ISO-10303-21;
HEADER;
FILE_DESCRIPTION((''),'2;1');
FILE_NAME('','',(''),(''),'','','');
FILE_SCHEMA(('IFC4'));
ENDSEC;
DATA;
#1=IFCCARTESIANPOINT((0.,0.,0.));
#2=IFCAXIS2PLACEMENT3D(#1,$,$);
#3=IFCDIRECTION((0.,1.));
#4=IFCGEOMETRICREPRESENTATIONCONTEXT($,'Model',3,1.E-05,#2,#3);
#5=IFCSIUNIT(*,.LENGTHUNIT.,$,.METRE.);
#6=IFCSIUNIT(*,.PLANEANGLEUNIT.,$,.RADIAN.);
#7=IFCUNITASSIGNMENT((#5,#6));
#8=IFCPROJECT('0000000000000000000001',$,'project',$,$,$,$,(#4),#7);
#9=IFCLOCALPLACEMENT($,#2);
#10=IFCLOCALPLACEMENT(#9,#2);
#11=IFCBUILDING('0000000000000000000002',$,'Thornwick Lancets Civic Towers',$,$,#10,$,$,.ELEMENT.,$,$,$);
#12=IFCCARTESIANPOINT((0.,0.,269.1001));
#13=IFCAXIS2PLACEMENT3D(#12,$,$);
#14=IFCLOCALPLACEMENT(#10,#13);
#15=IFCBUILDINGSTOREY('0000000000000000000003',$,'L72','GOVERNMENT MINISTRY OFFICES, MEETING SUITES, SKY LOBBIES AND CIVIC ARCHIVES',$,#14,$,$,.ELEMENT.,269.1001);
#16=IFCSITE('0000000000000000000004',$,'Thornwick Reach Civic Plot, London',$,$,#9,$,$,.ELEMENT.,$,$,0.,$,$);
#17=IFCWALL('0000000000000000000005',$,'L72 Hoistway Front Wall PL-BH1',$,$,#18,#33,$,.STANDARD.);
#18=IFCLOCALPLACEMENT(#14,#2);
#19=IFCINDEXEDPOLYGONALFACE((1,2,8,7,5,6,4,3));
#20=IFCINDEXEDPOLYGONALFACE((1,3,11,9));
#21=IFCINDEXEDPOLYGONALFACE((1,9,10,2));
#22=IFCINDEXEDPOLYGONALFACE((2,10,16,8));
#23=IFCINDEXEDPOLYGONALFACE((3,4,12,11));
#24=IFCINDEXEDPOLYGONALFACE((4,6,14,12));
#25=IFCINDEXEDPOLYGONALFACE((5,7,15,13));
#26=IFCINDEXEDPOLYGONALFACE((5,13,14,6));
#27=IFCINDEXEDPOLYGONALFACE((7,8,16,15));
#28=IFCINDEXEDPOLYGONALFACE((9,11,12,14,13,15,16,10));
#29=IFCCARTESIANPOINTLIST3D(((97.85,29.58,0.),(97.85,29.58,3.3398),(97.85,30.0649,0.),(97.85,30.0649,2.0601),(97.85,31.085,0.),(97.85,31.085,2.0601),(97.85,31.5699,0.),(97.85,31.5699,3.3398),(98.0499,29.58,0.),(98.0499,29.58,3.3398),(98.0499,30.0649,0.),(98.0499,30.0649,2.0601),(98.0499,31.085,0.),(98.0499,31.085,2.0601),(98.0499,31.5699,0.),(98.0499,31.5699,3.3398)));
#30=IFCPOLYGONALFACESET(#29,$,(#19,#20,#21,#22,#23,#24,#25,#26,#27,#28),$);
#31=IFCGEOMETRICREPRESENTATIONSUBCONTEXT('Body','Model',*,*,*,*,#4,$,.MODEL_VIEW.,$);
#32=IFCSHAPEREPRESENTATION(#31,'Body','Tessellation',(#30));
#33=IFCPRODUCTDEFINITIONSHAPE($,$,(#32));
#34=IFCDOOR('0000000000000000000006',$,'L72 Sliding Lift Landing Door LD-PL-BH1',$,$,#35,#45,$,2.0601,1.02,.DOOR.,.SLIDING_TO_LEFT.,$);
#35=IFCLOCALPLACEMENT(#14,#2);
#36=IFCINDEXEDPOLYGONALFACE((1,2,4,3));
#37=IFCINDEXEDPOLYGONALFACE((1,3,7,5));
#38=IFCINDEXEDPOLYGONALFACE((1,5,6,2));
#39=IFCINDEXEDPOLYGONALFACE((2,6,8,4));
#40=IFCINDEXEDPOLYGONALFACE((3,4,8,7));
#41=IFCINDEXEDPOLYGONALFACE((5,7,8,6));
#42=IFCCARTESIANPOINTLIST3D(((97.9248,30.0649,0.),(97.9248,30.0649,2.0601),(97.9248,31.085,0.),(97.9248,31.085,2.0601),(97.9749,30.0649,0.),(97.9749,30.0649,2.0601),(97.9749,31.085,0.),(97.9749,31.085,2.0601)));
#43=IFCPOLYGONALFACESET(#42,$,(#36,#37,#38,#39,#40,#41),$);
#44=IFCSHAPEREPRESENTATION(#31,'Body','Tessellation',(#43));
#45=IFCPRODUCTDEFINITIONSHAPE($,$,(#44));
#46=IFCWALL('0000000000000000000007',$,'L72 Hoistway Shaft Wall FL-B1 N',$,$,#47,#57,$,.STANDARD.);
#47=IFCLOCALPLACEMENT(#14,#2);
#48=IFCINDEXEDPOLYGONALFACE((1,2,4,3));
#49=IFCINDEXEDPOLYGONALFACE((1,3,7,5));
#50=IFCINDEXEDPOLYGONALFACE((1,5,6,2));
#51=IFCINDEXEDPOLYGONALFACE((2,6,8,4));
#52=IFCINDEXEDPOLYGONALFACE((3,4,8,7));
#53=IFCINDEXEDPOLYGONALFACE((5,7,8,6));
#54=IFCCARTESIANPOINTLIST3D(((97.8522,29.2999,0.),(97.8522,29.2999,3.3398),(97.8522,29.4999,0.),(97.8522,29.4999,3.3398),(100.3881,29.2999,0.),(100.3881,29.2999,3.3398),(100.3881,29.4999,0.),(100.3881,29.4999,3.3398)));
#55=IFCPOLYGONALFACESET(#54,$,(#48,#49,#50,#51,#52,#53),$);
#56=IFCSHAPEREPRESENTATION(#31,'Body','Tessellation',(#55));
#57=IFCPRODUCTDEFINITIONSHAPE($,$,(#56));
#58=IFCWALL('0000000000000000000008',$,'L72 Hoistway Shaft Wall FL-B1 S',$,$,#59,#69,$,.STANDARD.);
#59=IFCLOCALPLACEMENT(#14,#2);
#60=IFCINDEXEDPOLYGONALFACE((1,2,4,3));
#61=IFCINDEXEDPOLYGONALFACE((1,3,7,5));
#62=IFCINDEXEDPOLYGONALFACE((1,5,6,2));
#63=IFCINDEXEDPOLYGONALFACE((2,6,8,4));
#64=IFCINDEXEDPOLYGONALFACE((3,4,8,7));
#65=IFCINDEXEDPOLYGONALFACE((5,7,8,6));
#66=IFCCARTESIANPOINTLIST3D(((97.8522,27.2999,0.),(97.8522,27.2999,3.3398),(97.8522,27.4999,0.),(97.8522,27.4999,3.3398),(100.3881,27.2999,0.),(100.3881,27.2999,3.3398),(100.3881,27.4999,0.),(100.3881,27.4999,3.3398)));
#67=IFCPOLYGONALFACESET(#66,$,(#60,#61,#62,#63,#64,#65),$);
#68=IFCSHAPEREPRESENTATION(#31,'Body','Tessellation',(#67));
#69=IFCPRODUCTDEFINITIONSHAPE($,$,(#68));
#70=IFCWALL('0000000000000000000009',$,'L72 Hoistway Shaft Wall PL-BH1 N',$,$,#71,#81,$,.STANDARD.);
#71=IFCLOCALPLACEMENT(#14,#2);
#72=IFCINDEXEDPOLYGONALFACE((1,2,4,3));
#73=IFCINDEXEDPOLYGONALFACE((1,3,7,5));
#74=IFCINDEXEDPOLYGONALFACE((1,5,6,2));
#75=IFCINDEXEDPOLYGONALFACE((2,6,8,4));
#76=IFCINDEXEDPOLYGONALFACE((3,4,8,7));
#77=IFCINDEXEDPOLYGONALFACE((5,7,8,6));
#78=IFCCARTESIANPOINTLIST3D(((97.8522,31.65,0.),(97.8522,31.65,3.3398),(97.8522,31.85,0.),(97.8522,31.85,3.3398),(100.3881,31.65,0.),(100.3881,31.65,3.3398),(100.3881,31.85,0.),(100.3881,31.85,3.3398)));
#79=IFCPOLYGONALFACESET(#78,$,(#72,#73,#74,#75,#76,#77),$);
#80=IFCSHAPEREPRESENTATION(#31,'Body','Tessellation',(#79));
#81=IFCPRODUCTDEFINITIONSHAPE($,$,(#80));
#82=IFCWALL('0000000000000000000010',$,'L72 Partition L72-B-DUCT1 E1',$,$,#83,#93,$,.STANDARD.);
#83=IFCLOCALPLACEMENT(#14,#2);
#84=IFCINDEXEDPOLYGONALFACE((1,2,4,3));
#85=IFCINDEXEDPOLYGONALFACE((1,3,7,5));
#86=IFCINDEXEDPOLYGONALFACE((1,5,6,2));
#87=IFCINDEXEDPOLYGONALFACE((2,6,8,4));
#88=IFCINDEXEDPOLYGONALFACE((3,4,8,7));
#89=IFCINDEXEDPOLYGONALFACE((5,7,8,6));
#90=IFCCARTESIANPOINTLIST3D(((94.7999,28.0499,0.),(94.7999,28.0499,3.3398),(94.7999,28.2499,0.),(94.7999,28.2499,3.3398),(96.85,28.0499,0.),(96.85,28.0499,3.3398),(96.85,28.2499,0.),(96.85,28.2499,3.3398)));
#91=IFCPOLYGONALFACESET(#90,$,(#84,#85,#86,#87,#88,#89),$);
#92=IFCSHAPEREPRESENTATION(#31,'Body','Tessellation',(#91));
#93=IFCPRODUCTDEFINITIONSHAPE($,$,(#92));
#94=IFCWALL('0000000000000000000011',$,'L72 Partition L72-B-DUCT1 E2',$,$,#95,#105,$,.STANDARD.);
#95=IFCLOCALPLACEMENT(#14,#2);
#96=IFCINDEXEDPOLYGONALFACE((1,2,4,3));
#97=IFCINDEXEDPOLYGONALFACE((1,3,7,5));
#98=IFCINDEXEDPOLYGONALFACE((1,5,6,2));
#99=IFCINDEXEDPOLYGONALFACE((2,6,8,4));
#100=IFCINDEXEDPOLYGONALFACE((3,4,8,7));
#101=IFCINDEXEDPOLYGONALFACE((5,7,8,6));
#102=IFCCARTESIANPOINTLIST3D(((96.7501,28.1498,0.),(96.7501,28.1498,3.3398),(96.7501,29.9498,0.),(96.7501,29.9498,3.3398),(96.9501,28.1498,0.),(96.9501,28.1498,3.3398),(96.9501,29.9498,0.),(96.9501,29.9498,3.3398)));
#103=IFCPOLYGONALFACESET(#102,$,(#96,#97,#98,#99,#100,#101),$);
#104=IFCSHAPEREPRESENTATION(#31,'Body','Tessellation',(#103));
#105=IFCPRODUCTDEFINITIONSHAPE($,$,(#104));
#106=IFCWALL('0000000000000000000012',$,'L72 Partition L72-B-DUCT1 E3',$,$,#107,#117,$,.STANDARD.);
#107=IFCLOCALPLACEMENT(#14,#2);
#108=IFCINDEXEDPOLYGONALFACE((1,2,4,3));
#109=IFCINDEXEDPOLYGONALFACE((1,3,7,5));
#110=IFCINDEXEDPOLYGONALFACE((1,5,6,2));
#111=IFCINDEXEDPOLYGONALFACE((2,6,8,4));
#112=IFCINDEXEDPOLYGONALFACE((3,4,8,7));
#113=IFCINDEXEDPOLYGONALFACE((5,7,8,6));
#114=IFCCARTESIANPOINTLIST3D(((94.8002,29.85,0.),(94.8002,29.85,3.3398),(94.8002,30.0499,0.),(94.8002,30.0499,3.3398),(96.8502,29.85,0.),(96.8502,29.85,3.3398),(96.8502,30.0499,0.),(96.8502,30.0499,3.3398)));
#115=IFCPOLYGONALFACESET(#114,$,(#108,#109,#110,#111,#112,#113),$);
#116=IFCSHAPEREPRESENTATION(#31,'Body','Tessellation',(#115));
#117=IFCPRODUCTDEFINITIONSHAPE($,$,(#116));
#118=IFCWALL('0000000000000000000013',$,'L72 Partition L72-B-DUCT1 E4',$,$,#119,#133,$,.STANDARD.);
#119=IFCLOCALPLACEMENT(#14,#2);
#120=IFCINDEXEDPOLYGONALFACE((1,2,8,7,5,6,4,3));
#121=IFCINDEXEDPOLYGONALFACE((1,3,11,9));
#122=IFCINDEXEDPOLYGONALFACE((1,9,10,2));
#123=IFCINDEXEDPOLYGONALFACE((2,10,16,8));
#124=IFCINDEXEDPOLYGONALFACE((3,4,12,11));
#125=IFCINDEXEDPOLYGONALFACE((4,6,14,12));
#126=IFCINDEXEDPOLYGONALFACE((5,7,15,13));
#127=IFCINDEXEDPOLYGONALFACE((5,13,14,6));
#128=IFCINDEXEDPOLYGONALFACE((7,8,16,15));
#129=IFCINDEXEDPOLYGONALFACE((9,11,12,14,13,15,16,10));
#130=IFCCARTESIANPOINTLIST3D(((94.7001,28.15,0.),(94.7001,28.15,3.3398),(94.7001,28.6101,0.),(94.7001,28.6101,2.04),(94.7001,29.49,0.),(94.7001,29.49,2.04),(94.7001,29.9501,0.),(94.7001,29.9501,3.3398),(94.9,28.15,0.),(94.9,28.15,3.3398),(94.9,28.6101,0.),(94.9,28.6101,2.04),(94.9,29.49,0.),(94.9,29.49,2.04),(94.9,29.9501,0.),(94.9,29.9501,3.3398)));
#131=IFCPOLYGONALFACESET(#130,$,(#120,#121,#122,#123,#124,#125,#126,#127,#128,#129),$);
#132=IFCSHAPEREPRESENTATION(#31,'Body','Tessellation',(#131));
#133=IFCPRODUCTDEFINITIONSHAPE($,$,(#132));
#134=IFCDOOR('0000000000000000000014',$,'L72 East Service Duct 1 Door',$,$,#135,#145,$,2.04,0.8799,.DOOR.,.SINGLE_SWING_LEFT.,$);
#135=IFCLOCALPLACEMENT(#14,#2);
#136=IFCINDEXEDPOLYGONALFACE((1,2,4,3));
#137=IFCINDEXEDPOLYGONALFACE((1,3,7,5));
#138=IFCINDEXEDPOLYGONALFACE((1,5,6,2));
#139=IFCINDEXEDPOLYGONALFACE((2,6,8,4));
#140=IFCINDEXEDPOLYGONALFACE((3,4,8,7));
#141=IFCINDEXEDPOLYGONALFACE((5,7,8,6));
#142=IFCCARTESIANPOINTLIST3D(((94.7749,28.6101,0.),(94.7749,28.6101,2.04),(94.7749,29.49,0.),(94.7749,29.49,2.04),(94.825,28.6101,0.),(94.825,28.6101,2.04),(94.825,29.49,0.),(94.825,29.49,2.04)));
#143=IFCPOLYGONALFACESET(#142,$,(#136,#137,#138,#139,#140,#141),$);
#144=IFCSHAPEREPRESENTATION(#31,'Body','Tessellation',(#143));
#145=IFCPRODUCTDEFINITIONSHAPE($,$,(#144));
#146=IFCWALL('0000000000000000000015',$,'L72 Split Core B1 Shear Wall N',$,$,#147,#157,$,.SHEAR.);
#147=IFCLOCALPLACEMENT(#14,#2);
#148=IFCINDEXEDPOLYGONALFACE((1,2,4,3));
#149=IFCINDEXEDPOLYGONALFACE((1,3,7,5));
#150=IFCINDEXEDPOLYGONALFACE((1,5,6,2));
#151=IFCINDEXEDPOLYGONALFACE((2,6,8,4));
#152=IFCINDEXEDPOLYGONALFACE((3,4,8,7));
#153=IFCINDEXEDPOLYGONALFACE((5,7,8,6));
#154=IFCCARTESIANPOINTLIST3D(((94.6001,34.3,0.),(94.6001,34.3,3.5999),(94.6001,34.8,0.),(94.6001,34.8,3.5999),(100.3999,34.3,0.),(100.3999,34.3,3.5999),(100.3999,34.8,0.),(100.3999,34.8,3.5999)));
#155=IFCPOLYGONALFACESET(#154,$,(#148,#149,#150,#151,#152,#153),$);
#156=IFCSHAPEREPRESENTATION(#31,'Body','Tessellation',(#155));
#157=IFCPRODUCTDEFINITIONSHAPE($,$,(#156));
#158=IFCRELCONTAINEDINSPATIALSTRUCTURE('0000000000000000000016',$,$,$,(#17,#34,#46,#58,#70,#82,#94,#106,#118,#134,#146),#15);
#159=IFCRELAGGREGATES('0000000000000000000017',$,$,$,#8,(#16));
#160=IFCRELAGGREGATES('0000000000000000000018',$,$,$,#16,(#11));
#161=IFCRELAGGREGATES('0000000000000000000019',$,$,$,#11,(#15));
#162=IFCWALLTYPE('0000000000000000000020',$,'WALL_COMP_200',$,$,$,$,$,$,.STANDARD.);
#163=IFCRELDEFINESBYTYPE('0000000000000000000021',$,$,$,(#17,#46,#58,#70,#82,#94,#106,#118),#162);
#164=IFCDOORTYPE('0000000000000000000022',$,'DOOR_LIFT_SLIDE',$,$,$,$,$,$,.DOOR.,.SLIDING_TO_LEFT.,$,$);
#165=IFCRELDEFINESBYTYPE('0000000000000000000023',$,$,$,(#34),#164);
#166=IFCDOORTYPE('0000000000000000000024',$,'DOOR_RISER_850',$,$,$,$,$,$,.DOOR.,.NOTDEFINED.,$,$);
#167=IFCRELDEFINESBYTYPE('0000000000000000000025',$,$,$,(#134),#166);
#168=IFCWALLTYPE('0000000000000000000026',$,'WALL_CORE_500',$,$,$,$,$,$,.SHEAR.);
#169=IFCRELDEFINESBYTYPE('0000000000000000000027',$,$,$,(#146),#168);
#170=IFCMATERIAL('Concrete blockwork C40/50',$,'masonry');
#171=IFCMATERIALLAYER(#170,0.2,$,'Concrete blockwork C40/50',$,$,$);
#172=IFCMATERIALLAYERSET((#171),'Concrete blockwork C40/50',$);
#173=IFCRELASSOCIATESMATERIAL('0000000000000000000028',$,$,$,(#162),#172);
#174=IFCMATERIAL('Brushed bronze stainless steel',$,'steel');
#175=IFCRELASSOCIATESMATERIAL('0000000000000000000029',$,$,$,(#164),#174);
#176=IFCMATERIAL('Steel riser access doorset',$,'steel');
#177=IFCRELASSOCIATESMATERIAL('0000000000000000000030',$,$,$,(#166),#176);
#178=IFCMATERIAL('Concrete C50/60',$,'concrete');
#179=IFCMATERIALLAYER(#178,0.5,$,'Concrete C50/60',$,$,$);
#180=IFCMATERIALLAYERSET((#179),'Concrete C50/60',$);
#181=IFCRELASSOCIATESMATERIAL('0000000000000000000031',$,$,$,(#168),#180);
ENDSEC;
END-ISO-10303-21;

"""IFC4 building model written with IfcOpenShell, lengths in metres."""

from ifc_helpers import new_model, si_unit, direction, frame, frame_2d, origin, place, context, subcontext, project, spatial, rectangle, extrude, material, layer, layer_set, type_object, element, fill, save


model = new_model("IFC4")

# Units and contexts
model_context = context("Model", 3, precision=1e-05, world=origin(), true_north=direction((0.0, 1.0)))
body_context = subcontext(model_context, "Body", "Model", "MODEL_VIEW")
ifc_project = project(units=[si_unit("LENGTHUNIT", "METRE"), si_unit("PLANEANGLEUNIT", "RADIAN")], contexts=[model_context])

# Site, building, storey
site_placement = place(None, origin())
site = spatial("IfcSite", under=ifc_project, at=site_placement, Name="Thornwick Reach Civic Plot, London", CompositionType="ELEMENT", RefElevation=0.0)
building_placement = place(site_placement, origin())
building = spatial("IfcBuilding", under=site, at=building_placement, Name="Thornwick Lancets Civic Towers", CompositionType="ELEMENT")
storey_placement = place(building_placement, frame((0.0, 0.0, 269.1001)))
storey = spatial("IfcBuildingStorey", under=building, at=storey_placement, Name="L72", Description="GOVERNMENT MINISTRY OFFICES, MEETING SUITES, SKY LOBBIES AND CIVIC ARCHIVES", CompositionType="ELEMENT", Elevation=269.1001)

# Shared definitions
ifc_material_1 = material(Name="Concrete C50/60", Category="concrete")

# Wall, opening, door
ifc_material_2 = material(Name="Concrete blockwork C40/50", Category="masonry")
ifc_layer_1 = layer(ifc_material_2, 0.2, Name="Concrete blockwork C40/50")
ifc_layer_set_1 = layer_set([ifc_layer_1], Name="Concrete blockwork C40/50")
wall_type_1 = type_object("IfcWallType", Name="WALL_COMP_200", PredefinedType="STANDARD", material=ifc_layer_set_1)
ifc_material_3 = material(Name="Brushed bronze stainless steel", Category="steel")
door_type_1 = type_object("IfcDoorType", Name="DOOR_LIFT_SLIDE", OperationType="SLIDING_TO_LEFT", PredefinedType="DOOR", material=ifc_material_3)
wall_1_placement = place(storey_placement, frame((97.95, 31.5701, 0.0), z_axis=(0.0, 0.0, 1.0), x_axis=(0.0, -1.0, 0.0)))
wall_1 = element("IfcWall", 1, at=wall_1_placement, inside=storey, type_object=wall_type_1, Name="L72 Hoistway Front Wall PL-BH1", PredefinedType="STANDARD", context=body_context, shape_type="SweptSolid", body=[
    extrude(rectangle(XDim=1.99, YDim=0.2, at=frame_2d((0.9951, 0.0))), origin(), (0.0, 0.0, 1.0), 3.3398),
])
opening_1_placement = place(wall_1_placement, frame((0.4851, 0.0, 0.0)))
opening_1 = element("IfcOpeningElement", 2, at=opening_1_placement, cuts=wall_1, PredefinedType="OPENING", context=body_context, shape_type="SweptSolid", body=[
    extrude(rectangle(XDim=1.02, YDim=2.0601, at=frame_2d((0.51, 1.03))), frame((0.0, 0.1099, 0.0), z_axis=(0.0, -1.0, 0.0), x_axis=(1.0, 0.0, 0.0)), (0.0, 0.0, 1.0), 0.22),
])
door_1_placement = place(opening_1_placement, origin())
door_1 = element("IfcDoor", 3, at=door_1_placement, inside=storey, type_object=door_type_1, Name="L72 Sliding Lift Landing Door LD-PL-BH1", OperationType="SLIDING_TO_LEFT", OverallHeight=2.0601, OverallWidth=1.02, PredefinedType="DOOR", context=body_context, shape_type="SweptSolid", body=[
    extrude(rectangle(XDim=1.02, YDim=2.0601, at=frame_2d((0.51, 1.03))), frame((0.0, 0.0249, 0.0), z_axis=(0.0, -1.0, 0.0), x_axis=(1.0, 0.0, 0.0)), (0.0, 0.0, 1.0), 0.05),
])
fill(opening_1, door_1)

# Walls
for number, where, z_axis, x_axis, name in (
    (4, (97.8521, 29.3999, 0.0), (0.0, 0.0, 1.0), (1.0, 0.0, 0.0), "L72 Hoistway Shaft Wall FL-B1 N"),
    (5, (97.8521, 27.3999, 0.0), (0.0, 0.0, 1.0), (1.0, 0.0, 0.0), "L72 Hoistway Shaft Wall FL-B1 S"),
    (6, (97.8521, 31.75, 0.0), (0.0, 0.0, 1.0), (1.0, 0.0, 0.0), "L72 Hoistway Shaft Wall PL-BH1 N"),
):
    element("IfcWall", number, at=place(storey_placement, frame(where, z_axis=z_axis, x_axis=x_axis)), inside=storey, type_object=wall_type_1, Name=name, PredefinedType="STANDARD", context=body_context, shape_type="SweptSolid", body=[
        extrude(rectangle(XDim=2.5359, YDim=0.2, at=frame_2d((1.2681, 0.0))), origin(), (0.0, 0.0, 1.0), 3.3398),
    ])
wall_2_placement = place(storey_placement, frame((94.8, 28.1499, 0.0), z_axis=(0.0, 0.0, 1.0), x_axis=(1.0, 0.0, 0.0)))
element("IfcWall", 7, at=wall_2_placement, inside=storey, type_object=wall_type_1, Name="L72 Partition L72-B-DUCT1 E1", PredefinedType="STANDARD", context=body_context, shape_type="SweptSolid", body=[
    extrude(rectangle(XDim=2.05, YDim=0.2, at=frame_2d((1.0249, 0.0))), origin(), (0.0, 0.0, 1.0), 3.3398),
])
wall_3_placement = place(storey_placement, frame((96.8501, 28.1499, 0.0), z_axis=(0.0, 0.0, 1.0), x_axis=(0.0, 1.0, 0.0)))
element("IfcWall", 8, at=wall_3_placement, inside=storey, type_object=wall_type_1, Name="L72 Partition L72-B-DUCT1 E2", PredefinedType="STANDARD", context=body_context, shape_type="SweptSolid", body=[
    extrude(rectangle(XDim=1.8, YDim=0.2, at=frame_2d((0.8999, 0.0))), origin(), (0.0, 0.0, 1.0), 3.3398),
])
wall_4_placement = place(storey_placement, frame((96.8501, 29.95, 0.0), z_axis=(0.0, 0.0, 1.0), x_axis=(-1.0, 0.0, 0.0)))
element("IfcWall", 9, at=wall_4_placement, inside=storey, type_object=wall_type_1, Name="L72 Partition L72-B-DUCT1 E3", PredefinedType="STANDARD", context=body_context, shape_type="SweptSolid", body=[
    extrude(rectangle(XDim=2.05, YDim=0.2, at=frame_2d((1.0249, 0.0))), origin(), (0.0, 0.0, 1.0), 3.3398),
])

# Wall, opening, door
wall_5_placement = place(storey_placement, frame((94.8, 29.95, 0.0), z_axis=(0.0, 0.0, 1.0), x_axis=(0.0, -1.0, 0.0)))
wall_5 = element("IfcWall", 10, at=wall_5_placement, inside=storey, type_object=wall_type_1, Name="L72 Partition L72-B-DUCT1 E4", PredefinedType="STANDARD", context=body_context, shape_type="SweptSolid", body=[
    extrude(rectangle(XDim=1.8, YDim=0.2, at=frame_2d((0.8999, 0.0))), origin(), (0.0, 0.0, 1.0), 3.3398),
])
opening_2_placement = place(wall_5_placement, frame((0.46, 0.0, 0.0)))
opening_2 = element("IfcOpeningElement", 11, at=opening_2_placement, cuts=wall_5, PredefinedType="OPENING", context=body_context, shape_type="SweptSolid", body=[
    extrude(rectangle(XDim=0.8799, YDim=2.04, at=frame_2d((0.4399, 1.02))), frame((0.0, 0.1099, 0.0), z_axis=(0.0, -1.0, 0.0), x_axis=(1.0, 0.0, 0.0)), (0.0, 0.0, 1.0), 0.22),
])
ifc_material_4 = material(Name="Steel riser access doorset", Category="steel")
door_type_2 = type_object("IfcDoorType", Name="DOOR_RISER_850", OperationType="NOTDEFINED", PredefinedType="DOOR", material=ifc_material_4)
door_2_placement = place(opening_2_placement, origin())
door_2 = element("IfcDoor", 12, at=door_2_placement, inside=storey, type_object=door_type_2, Name="L72 East Service Duct 1 Door", OperationType="SINGLE_SWING_LEFT", OverallHeight=2.04, OverallWidth=0.8799, PredefinedType="DOOR", context=body_context, shape_type="SweptSolid", body=[
    extrude(rectangle(XDim=0.8799, YDim=2.04, at=frame_2d((0.4399, 1.02))), frame((0.0, 0.0249, 0.0), z_axis=(0.0, -1.0, 0.0), x_axis=(1.0, 0.0, 0.0)), (0.0, 0.0, 1.0), 0.05),
])
fill(opening_2, door_2)

# Wall
ifc_layer_2 = layer(ifc_material_1, 0.5, Name="Concrete C50/60")
ifc_layer_set_2 = layer_set([ifc_layer_2], Name="Concrete C50/60")
wall_type_2 = type_object("IfcWallType", Name="WALL_CORE_500", PredefinedType="SHEAR", material=ifc_layer_set_2)
wall_6_placement = place(storey_placement, frame((94.6001, 34.55, 0.0), z_axis=(0.0, 0.0, 1.0), x_axis=(1.0, 0.0, 0.0)))
element("IfcWall", 13, at=wall_6_placement, inside=storey, type_object=wall_type_2, Name="L72 Split Core B1 Shear Wall N", PredefinedType="SHEAR", context=body_context, shape_type="SweptSolid", body=[
    extrude(rectangle(XDim=5.7998, YDim=0.5, at=frame_2d((2.8999, 0.0))), origin(), (0.0, 0.0, 1.0), 3.5999),
])

save(model, "model.ifc")
